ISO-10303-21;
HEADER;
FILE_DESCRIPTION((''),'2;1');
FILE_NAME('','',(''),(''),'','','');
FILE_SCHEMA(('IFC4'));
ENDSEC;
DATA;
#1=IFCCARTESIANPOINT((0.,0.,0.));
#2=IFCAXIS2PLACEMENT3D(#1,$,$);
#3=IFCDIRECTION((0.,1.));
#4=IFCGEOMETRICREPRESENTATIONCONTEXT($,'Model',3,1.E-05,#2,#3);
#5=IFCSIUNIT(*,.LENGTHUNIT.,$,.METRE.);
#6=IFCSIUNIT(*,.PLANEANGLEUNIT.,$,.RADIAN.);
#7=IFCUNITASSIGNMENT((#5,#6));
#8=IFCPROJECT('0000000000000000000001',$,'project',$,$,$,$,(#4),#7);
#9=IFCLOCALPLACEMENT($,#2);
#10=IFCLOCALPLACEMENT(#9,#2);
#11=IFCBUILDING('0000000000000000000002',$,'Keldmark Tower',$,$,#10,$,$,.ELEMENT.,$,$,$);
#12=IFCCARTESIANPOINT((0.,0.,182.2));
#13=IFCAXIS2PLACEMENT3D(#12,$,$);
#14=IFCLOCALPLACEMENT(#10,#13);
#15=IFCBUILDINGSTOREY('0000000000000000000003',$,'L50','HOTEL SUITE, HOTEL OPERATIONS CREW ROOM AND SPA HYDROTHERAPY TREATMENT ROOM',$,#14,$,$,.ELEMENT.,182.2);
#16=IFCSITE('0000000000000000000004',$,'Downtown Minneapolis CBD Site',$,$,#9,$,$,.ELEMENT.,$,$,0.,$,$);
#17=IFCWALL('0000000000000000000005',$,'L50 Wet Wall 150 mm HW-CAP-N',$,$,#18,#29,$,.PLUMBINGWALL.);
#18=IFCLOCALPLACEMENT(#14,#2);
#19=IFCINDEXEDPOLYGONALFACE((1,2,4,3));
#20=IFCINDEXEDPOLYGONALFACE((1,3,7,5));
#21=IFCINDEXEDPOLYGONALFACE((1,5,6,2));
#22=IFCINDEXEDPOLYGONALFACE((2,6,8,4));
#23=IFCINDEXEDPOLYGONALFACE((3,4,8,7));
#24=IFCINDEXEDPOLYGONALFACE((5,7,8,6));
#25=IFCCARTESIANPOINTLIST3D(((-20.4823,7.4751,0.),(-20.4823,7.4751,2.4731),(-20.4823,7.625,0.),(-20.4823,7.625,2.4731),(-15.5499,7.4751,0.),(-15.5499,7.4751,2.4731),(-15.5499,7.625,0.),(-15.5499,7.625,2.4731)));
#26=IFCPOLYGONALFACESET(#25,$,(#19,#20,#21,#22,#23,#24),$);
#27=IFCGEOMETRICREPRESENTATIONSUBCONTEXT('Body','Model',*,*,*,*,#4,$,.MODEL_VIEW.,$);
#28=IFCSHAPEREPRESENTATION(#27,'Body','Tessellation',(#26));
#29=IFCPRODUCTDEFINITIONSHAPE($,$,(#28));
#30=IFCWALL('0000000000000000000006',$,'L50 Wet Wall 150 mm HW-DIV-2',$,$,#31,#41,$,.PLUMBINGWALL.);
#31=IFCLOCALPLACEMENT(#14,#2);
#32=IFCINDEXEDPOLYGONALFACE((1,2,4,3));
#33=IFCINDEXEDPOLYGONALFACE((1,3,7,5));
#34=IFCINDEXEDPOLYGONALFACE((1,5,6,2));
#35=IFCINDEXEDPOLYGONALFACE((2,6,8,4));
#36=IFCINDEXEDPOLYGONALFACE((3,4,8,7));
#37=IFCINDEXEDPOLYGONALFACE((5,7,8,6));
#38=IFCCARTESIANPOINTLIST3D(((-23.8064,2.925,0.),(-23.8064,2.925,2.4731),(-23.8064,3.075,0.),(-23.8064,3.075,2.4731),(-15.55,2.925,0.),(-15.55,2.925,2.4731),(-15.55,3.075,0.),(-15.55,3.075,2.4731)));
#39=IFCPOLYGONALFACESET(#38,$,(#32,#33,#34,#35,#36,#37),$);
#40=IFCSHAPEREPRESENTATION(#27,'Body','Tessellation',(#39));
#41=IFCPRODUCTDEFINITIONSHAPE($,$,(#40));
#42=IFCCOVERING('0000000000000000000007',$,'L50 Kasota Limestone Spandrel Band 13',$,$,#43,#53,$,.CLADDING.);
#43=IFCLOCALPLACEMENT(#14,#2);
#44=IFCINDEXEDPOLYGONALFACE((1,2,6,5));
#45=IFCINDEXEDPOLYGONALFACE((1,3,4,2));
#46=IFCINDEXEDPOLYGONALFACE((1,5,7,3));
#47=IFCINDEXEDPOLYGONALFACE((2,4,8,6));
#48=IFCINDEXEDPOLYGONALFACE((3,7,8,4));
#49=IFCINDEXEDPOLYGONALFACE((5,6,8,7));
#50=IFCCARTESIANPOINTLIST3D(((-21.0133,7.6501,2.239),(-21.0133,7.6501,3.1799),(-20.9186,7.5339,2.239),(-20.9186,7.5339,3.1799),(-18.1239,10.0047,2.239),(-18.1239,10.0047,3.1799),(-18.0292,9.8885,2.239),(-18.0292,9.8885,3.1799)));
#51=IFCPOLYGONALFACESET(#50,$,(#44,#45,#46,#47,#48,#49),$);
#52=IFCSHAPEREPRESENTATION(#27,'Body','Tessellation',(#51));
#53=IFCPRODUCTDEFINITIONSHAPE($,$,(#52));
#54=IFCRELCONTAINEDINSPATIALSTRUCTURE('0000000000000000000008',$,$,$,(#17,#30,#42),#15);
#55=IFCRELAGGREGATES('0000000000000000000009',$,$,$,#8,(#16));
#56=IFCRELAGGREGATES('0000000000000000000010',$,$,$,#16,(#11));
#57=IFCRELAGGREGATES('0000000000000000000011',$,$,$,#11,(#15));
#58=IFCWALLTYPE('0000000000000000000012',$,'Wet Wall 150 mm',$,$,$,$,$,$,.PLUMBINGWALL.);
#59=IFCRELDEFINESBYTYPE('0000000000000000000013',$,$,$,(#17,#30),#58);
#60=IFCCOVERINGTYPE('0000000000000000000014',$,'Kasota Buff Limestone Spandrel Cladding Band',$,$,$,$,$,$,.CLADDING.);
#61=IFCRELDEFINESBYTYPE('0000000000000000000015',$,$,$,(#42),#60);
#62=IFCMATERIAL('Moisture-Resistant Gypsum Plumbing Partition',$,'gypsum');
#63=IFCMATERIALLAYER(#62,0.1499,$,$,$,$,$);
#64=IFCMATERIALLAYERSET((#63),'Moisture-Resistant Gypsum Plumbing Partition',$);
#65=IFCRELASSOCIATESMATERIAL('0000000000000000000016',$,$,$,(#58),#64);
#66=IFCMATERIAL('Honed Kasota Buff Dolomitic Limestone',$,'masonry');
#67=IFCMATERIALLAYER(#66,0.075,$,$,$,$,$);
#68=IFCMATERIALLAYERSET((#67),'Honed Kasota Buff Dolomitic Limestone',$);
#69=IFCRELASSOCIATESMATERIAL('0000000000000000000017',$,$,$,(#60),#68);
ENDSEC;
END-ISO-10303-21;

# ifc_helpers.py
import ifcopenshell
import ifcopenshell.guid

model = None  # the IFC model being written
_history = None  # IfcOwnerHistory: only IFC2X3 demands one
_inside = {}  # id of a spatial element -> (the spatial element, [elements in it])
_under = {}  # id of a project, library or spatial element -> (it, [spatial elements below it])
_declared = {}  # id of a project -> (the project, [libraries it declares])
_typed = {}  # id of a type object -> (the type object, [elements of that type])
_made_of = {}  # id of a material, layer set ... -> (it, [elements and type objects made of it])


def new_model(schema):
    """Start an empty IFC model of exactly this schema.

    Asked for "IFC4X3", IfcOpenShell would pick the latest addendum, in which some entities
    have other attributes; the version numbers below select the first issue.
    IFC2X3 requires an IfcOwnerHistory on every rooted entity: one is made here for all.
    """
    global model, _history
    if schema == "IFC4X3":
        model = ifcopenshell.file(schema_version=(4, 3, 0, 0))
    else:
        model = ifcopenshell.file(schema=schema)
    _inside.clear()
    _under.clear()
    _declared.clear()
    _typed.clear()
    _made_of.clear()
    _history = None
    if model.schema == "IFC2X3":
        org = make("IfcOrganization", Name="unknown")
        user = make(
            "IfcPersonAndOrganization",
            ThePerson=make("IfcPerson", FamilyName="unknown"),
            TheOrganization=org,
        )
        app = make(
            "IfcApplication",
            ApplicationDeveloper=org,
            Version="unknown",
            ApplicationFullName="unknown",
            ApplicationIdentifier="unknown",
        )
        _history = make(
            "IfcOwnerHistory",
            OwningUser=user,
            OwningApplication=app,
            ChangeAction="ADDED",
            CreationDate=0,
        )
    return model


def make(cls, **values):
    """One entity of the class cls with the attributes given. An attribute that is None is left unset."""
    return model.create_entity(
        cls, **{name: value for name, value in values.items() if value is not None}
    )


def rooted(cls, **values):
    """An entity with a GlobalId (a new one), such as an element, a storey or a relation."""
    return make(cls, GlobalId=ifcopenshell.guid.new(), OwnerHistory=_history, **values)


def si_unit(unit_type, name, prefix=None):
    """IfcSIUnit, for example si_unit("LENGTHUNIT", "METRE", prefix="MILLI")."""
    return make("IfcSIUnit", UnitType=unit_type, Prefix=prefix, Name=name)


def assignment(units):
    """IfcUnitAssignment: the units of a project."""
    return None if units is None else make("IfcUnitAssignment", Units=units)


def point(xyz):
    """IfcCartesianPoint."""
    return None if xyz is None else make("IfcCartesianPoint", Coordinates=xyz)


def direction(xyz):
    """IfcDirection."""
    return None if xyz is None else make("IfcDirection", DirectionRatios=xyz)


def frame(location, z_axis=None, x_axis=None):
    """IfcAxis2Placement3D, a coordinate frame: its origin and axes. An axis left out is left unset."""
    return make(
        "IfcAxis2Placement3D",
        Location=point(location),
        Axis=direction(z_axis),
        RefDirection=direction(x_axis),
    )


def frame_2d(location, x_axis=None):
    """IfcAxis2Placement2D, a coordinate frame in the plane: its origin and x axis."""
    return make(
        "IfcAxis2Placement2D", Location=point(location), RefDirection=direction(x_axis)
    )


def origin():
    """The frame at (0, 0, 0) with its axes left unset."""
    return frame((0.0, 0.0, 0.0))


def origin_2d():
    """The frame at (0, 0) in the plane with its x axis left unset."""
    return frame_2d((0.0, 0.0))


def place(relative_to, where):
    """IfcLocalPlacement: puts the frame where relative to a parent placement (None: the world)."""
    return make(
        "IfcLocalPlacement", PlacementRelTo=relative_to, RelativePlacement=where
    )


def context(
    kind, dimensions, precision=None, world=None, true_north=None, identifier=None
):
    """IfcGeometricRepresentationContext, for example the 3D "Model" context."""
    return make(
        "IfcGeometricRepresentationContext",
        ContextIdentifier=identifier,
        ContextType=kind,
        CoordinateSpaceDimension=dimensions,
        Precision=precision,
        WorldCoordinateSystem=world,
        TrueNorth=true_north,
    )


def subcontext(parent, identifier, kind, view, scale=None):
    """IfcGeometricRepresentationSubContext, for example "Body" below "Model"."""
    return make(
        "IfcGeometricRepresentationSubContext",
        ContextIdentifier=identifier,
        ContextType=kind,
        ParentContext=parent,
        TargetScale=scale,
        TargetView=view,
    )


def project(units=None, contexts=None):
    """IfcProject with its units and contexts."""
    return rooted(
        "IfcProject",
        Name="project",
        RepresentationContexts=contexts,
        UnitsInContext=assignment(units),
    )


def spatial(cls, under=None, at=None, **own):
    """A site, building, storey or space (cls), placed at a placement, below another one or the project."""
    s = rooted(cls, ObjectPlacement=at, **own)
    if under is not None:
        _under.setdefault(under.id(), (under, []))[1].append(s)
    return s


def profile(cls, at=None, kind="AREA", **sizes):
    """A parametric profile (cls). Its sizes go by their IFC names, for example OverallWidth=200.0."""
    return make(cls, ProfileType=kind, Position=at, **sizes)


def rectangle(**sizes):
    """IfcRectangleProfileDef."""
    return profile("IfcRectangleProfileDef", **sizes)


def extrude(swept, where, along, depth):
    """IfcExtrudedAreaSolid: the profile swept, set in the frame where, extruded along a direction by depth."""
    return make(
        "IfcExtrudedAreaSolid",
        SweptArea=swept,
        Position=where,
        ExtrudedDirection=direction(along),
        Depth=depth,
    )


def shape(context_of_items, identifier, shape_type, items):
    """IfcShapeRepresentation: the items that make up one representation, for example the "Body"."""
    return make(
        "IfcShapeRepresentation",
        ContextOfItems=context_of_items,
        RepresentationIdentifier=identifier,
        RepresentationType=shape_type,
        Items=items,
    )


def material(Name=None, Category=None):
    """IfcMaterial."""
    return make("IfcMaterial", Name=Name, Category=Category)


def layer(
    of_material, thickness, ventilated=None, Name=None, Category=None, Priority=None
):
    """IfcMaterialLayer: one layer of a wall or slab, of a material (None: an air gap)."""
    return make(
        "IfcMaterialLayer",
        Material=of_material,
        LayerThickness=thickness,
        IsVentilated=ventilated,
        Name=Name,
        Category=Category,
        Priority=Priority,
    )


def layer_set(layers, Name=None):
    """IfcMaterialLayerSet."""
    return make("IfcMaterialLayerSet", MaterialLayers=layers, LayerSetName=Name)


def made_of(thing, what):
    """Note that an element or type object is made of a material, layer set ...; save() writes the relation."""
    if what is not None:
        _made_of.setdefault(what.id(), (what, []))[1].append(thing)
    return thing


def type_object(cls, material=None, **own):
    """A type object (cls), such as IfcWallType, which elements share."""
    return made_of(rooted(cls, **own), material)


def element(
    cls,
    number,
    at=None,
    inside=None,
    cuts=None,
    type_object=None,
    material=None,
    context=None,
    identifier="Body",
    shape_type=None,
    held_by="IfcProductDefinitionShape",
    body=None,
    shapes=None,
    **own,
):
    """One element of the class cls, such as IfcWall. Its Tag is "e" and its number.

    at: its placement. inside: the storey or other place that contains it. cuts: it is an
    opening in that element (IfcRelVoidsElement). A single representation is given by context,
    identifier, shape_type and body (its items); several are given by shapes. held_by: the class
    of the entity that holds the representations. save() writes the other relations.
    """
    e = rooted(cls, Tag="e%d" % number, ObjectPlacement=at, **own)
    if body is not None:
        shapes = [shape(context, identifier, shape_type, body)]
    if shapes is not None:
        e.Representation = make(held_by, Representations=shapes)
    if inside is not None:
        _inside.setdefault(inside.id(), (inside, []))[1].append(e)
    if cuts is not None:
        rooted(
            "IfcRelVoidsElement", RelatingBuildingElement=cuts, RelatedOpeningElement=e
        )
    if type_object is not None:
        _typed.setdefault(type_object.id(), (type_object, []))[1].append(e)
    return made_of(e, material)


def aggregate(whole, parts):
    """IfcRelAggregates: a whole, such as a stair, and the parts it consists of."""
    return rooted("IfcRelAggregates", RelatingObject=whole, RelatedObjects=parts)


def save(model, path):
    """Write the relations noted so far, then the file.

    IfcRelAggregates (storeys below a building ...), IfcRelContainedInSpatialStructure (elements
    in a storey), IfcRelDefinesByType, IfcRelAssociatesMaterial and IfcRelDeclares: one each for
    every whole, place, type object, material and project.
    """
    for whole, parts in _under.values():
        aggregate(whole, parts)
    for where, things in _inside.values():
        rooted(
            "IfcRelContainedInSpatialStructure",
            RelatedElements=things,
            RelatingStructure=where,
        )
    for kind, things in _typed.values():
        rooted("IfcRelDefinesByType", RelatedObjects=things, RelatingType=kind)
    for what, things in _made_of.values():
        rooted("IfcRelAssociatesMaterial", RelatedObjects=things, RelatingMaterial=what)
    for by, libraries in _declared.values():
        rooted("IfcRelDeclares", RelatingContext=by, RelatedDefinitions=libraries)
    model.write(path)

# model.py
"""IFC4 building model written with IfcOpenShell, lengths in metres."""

from ifc_helpers import new_model, si_unit, direction, frame, frame_2d, origin, origin_2d, place, context, subcontext, project, spatial, rectangle, extrude, material, layer, layer_set, type_object, element, save


model = new_model("IFC4")

# Units and contexts
model_context = context("Model", 3, precision=1e-05, world=origin(), true_north=direction((0.0, 1.0)))
body_context = subcontext(model_context, "Body", "Model", "MODEL_VIEW")
ifc_project = project(units=[si_unit("LENGTHUNIT", "METRE"), si_unit("PLANEANGLEUNIT", "RADIAN")], contexts=[model_context])

# Site, building, storey
site_placement = place(None, origin())
site = spatial("IfcSite", under=ifc_project, at=site_placement, Name="Downtown Minneapolis CBD Site", CompositionType="ELEMENT", RefElevation=0.0)
building_placement = place(site_placement, origin())
building = spatial("IfcBuilding", under=site, at=building_placement, Name="Keldmark Tower", CompositionType="ELEMENT")
storey_placement = place(building_placement, frame((0.0, 0.0, 182.2)))
storey = spatial("IfcBuildingStorey", under=building, at=storey_placement, Name="L50", Description="HOTEL SUITE, HOTEL OPERATIONS CREW ROOM AND SPA HYDROTHERAPY TREATMENT ROOM", CompositionType="ELEMENT", Elevation=182.2)

# Walls
ifc_material_1 = material(Name="Moisture-Resistant Gypsum Plumbing Partition", Category="gypsum")
ifc_layer_1 = layer(ifc_material_1, 0.1499)
ifc_layer_set_1 = layer_set([ifc_layer_1], Name="Moisture-Resistant Gypsum Plumbing Partition")
wall_type_1 = type_object("IfcWallType", Name="Wet Wall 150 mm", PredefinedType="PLUMBINGWALL", material=ifc_layer_set_1)
wall_1_placement = place(storey_placement, frame((-20.4824, 7.55, 0.0), z_axis=(0.0, 0.0, 1.0), x_axis=(1.0, 0.0, 0.0)))
element("IfcWall", 1, at=wall_1_placement, inside=storey, type_object=wall_type_1, Name="L50 Wet Wall 150 mm HW-CAP-N", PredefinedType="PLUMBINGWALL", context=body_context, shape_type="SweptSolid", body=[
    extrude(rectangle(XDim=4.9324, YDim=0.1499, at=frame_2d((2.4663, 0.0))), origin(), (0.0, 0.0, 1.0), 2.4731),
])
wall_2_placement = place(storey_placement, frame((-23.8064, 3.0, 0.0), z_axis=(0.0, 0.0, 1.0), x_axis=(1.0, 0.0, 0.0)))
element("IfcWall", 2, at=wall_2_placement, inside=storey, type_object=wall_type_1, Name="L50 Wet Wall 150 mm HW-DIV-2", PredefinedType="PLUMBINGWALL", context=body_context, shape_type="SweptSolid", body=[
    extrude(rectangle(XDim=8.2563, YDim=0.1499, at=frame_2d((4.1282, 0.0))), origin(), (0.0, 0.0, 1.0), 2.4731),
])

# Covering
ifc_material_2 = material(Name="Honed Kasota Buff Dolomitic Limestone", Category="masonry")
ifc_layer_2 = layer(ifc_material_2, 0.075)
ifc_layer_set_2 = layer_set([ifc_layer_2], Name="Honed Kasota Buff Dolomitic Limestone")
covering_type = type_object("IfcCoveringType", Name="Kasota Buff Limestone Spandrel Cladding Band", PredefinedType="CLADDING", material=ifc_layer_set_2)
covering_placement = place(storey_placement, frame((-19.5212, 8.7693, 2.239), z_axis=(0.0, 0.0, 1.0), x_axis=(-0.775198, -0.631718, 0.0)))
element("IfcCovering", 3, at=covering_placement, inside=storey, type_object=covering_type, Name="L50 Kasota Limestone Spandrel Band 13", PredefinedType="CLADDING", context=body_context, shape_type="SweptSolid", body=[
    extrude(rectangle(XDim=3.7273, YDim=0.1499, at=origin_2d()), origin(), (0.0, 0.0, 1.0), 0.9409),
])

save(model, "model.ifc")
